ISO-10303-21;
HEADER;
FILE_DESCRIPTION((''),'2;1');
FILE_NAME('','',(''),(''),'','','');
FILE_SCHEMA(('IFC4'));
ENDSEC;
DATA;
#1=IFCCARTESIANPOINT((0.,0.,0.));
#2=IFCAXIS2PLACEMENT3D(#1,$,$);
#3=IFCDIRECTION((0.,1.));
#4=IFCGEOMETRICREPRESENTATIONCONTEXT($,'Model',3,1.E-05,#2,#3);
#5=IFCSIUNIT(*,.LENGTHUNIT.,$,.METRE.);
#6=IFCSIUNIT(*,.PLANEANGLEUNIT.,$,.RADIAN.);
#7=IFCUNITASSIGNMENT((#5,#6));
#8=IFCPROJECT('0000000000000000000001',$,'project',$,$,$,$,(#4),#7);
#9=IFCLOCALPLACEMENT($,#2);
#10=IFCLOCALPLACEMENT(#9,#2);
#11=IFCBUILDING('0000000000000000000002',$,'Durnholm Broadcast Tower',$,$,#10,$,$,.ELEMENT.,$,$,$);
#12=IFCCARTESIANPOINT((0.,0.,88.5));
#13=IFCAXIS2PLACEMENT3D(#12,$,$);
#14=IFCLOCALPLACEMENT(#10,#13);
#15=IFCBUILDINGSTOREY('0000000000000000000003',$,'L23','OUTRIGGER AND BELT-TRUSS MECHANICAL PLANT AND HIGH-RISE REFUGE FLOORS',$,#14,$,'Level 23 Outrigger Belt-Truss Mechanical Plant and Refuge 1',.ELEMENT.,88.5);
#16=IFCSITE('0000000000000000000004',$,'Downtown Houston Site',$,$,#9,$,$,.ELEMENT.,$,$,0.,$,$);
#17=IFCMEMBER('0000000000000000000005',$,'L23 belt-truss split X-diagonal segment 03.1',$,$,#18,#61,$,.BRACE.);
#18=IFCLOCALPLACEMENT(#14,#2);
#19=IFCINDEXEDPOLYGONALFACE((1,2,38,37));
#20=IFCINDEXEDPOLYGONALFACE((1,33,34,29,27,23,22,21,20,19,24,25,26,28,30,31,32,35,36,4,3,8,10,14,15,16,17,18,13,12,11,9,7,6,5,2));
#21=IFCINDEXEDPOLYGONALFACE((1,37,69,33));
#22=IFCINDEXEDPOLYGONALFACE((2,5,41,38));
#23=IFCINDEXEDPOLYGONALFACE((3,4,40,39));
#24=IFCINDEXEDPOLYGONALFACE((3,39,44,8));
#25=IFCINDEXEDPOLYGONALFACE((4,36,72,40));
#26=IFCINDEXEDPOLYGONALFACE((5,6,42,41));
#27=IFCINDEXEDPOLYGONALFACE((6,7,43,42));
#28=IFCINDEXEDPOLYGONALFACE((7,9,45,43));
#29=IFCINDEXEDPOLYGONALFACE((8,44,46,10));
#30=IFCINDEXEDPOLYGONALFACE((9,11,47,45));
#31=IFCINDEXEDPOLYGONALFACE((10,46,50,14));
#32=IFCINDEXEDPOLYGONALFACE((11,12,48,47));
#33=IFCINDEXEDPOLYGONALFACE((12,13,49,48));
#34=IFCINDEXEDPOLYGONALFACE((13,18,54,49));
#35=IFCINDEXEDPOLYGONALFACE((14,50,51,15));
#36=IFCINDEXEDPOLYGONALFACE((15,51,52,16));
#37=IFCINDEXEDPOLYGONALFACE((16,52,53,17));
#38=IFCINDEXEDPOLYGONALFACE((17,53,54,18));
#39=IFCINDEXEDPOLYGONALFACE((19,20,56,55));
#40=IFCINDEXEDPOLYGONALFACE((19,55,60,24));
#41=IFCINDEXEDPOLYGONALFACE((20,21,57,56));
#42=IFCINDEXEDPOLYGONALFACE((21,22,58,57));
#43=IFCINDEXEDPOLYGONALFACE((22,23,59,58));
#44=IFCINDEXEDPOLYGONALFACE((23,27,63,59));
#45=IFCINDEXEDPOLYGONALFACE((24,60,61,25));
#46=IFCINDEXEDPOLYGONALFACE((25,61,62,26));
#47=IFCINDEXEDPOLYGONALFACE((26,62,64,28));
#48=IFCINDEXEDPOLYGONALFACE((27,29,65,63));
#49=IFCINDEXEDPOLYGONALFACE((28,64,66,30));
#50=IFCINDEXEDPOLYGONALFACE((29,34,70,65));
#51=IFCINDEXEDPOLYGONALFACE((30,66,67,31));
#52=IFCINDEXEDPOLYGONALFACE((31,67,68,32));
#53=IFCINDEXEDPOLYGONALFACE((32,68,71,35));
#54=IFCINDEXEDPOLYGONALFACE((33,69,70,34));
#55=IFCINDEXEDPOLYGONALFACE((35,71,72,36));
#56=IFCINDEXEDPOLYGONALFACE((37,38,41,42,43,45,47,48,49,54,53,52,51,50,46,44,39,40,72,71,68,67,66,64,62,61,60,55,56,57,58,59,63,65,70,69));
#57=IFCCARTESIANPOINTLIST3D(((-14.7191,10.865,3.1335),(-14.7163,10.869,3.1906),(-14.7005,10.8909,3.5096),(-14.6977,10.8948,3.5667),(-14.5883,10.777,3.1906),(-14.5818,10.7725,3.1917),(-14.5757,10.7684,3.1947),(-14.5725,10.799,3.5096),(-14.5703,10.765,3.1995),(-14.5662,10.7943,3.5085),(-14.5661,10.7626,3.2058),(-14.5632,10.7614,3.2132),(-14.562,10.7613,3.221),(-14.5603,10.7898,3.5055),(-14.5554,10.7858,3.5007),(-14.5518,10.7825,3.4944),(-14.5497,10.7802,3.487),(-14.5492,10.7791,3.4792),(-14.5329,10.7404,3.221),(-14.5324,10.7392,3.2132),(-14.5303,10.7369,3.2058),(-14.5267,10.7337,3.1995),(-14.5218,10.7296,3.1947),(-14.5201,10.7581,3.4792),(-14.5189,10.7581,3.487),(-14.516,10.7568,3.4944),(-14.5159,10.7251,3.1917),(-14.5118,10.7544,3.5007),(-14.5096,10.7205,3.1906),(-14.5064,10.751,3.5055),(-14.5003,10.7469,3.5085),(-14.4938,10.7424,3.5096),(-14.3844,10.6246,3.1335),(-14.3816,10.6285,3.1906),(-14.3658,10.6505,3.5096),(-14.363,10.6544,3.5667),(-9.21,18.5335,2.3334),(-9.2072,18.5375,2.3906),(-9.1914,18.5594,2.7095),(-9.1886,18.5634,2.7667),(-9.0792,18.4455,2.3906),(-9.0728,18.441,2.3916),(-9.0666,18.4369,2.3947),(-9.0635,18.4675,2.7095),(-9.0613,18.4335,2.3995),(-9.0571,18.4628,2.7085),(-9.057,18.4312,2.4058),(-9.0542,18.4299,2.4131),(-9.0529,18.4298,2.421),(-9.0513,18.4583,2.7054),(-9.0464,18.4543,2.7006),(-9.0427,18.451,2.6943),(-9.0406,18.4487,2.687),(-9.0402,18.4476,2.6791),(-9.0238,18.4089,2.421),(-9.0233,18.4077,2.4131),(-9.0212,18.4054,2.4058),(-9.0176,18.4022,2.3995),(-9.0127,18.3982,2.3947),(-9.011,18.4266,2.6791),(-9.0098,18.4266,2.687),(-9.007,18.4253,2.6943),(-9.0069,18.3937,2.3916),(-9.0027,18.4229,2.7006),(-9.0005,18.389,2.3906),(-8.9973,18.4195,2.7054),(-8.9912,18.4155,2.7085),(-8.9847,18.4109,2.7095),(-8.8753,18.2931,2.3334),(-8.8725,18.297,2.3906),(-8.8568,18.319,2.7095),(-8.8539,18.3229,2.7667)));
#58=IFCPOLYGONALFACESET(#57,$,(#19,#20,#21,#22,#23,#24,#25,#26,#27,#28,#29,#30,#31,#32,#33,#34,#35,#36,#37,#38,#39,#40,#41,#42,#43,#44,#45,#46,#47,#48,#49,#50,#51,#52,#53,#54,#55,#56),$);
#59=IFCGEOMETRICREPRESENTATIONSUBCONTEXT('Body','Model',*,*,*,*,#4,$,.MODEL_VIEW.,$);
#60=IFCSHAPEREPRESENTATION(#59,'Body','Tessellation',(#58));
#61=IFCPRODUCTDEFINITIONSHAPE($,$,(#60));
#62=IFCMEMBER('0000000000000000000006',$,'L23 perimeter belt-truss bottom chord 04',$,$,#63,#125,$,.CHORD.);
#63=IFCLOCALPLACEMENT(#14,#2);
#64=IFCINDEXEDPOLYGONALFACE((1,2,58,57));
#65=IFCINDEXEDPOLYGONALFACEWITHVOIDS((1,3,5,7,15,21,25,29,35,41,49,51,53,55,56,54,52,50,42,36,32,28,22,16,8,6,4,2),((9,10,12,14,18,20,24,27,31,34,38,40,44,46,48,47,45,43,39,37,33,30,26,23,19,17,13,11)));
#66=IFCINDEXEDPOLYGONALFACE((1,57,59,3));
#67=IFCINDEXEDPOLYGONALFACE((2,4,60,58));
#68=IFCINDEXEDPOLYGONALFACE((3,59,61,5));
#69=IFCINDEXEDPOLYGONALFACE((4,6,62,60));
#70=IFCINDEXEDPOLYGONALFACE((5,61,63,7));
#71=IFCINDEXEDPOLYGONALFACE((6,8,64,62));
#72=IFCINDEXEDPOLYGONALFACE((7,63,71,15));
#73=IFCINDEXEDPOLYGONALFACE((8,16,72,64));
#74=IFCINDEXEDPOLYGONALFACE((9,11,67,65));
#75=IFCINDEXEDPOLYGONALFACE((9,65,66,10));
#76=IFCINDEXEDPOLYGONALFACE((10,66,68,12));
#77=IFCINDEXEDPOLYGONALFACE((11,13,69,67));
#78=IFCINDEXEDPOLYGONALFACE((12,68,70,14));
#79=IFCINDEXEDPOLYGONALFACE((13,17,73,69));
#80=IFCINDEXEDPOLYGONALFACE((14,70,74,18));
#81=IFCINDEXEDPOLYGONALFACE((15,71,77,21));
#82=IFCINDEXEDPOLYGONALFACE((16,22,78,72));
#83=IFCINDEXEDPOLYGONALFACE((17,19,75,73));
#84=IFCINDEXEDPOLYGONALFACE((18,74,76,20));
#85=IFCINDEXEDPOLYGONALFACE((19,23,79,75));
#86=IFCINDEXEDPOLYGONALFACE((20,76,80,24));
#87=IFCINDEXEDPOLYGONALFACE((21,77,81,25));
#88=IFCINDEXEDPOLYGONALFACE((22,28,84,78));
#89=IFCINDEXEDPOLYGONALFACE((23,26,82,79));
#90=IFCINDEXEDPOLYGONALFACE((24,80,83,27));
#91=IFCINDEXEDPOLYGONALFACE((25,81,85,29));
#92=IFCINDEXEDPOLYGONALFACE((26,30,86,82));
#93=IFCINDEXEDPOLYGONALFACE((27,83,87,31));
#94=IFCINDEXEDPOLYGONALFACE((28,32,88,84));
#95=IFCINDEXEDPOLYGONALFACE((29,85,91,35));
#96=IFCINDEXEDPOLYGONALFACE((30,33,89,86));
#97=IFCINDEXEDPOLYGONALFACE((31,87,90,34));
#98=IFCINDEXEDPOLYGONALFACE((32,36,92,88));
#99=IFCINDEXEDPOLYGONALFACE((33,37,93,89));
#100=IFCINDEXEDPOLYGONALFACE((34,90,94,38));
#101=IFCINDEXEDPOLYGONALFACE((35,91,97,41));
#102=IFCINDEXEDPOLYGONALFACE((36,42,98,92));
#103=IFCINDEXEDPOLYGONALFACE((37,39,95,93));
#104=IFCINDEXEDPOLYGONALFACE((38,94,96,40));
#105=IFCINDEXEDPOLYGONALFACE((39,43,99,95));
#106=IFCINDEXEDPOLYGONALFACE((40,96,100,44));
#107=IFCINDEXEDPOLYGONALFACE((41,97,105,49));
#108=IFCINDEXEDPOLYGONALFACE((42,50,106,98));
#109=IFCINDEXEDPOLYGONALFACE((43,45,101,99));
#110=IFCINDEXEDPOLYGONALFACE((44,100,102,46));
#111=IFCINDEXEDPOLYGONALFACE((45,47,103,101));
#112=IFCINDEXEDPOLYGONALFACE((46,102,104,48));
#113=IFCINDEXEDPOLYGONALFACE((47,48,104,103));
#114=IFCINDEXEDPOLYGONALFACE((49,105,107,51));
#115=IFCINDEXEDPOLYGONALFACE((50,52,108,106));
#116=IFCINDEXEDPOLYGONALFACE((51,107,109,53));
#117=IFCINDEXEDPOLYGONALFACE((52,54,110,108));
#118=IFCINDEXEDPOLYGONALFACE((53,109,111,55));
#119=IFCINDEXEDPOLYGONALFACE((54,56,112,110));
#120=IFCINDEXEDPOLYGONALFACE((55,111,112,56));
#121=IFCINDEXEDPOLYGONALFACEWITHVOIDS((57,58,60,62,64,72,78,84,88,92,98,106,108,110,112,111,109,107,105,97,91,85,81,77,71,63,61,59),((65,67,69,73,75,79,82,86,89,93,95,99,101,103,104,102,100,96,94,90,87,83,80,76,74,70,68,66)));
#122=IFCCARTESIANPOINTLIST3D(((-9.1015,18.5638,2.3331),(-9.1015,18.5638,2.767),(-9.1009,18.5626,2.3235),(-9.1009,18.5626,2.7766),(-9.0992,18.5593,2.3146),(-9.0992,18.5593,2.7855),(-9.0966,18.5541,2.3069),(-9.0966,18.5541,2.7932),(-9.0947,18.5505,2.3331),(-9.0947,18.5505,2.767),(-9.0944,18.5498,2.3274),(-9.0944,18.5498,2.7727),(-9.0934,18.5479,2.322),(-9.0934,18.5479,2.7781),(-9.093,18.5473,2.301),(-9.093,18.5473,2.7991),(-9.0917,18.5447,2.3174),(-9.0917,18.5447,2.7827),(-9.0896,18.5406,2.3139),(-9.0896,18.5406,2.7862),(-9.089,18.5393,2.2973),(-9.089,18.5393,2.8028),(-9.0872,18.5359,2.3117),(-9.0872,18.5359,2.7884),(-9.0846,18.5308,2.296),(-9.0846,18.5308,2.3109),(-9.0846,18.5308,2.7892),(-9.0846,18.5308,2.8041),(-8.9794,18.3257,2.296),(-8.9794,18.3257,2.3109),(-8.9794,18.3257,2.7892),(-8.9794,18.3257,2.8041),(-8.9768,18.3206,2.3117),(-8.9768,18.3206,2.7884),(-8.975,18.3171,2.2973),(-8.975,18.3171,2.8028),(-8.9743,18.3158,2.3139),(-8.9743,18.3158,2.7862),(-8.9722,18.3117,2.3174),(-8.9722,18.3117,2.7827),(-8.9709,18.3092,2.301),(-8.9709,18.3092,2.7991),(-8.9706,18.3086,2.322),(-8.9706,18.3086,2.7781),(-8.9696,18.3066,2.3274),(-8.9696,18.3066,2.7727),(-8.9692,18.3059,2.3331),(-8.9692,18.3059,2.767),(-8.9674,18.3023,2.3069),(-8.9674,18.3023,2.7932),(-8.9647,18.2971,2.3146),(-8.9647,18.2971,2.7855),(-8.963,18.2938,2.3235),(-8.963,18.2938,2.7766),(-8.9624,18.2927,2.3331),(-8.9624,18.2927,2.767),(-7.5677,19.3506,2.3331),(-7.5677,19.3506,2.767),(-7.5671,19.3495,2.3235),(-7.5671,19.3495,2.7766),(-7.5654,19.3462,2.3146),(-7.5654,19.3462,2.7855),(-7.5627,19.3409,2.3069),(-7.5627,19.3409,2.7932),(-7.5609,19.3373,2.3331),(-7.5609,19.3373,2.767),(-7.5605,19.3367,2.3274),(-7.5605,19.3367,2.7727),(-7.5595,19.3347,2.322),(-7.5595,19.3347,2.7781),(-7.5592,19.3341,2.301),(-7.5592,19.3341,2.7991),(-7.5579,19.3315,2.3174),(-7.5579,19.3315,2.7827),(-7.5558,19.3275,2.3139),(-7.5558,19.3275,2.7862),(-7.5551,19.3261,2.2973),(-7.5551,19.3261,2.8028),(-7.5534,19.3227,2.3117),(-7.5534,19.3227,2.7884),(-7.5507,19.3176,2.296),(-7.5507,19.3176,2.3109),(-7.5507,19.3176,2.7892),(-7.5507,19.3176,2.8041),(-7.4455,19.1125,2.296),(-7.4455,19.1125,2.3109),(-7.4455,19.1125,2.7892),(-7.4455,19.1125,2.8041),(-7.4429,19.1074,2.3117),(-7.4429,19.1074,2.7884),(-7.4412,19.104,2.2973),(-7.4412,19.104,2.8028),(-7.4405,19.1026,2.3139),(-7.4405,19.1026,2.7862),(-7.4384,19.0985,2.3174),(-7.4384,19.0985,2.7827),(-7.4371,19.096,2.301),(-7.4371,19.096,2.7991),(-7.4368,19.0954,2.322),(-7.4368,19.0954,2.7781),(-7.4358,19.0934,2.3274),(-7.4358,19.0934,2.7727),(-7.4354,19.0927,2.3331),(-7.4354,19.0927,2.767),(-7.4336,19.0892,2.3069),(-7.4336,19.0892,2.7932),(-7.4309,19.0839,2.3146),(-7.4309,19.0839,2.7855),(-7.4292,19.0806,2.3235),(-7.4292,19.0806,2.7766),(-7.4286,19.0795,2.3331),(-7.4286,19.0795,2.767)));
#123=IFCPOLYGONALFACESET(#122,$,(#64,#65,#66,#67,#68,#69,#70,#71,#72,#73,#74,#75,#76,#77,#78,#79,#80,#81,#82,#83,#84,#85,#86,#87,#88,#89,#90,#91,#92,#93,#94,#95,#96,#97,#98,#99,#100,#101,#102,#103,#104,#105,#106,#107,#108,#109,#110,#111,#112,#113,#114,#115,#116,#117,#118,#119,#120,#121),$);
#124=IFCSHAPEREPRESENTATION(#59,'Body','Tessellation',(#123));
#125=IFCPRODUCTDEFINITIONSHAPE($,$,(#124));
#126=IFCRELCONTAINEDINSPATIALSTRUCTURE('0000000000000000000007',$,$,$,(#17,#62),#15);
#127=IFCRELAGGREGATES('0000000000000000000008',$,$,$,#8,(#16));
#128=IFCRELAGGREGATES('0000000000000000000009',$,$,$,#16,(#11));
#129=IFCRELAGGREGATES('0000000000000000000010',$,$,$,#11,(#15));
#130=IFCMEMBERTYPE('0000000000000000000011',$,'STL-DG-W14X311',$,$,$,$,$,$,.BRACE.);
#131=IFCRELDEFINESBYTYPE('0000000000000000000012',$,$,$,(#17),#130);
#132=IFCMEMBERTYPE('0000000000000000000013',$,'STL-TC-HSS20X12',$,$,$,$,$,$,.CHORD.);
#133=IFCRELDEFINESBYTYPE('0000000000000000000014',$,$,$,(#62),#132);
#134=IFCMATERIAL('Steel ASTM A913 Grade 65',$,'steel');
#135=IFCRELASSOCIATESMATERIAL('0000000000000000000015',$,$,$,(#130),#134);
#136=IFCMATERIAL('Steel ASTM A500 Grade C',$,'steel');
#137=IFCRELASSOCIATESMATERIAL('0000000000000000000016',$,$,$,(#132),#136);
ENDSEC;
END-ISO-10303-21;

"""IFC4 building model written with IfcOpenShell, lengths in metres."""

from ifc_helpers import new_model, si_unit, direction, frame, origin, origin_2d, place, context, subcontext, project, spatial, hollow_rectangle, i_section, extrude, source, transform, mapped, material, material_profile, profile_set, type_object, type_shapes, element, save


model = new_model("IFC4")

# Units and contexts
model_context = context("Model", 3, precision=1e-05, world=origin(), true_north=direction((0.0, 1.0)))
body_context = subcontext(model_context, "Body", "Model", "MODEL_VIEW")
ifc_project = project(units=[si_unit("LENGTHUNIT", "METRE"), si_unit("PLANEANGLEUNIT", "RADIAN")], contexts=[model_context])

# Site, building, storey
site_placement = place(None, origin())
site = spatial("IfcSite", under=ifc_project, at=site_placement, Name="Downtown Houston Site", CompositionType="ELEMENT", RefElevation=0.0)
building_placement = place(site_placement, origin())
building = spatial("IfcBuilding", under=site, at=building_placement, Name="Durnholm Broadcast Tower", CompositionType="ELEMENT")
storey_placement = place(building_placement, frame((0.0, 0.0, 88.5)))
storey = spatial("IfcBuildingStorey", under=building, at=storey_placement, Name="L23", Description="OUTRIGGER AND BELT-TRUSS MECHANICAL PLANT AND HIGH-RISE REFUGE FLOORS", LongName="Level 23 Outrigger Belt-Truss Mechanical Plant and Refuge 1", CompositionType="ELEMENT", Elevation=88.5)

# Members
ifc_material_1 = material(Name="Steel ASTM A913 Grade 65", Category="steel")
ifc_material_profile_1 = material_profile(ifc_material_1, i_section(OverallWidth=0.4121, OverallDepth=0.4348, WebThickness=0.0359, FlangeThickness=0.0574, FilletRadius=0.0305, at=origin_2d()), Name="W14X311")
ifc_profile_set_1 = profile_set([ifc_material_profile_1], Name="Steel ASTM A913 Grade 65")
member_type_1 = type_object("IfcMemberType", Name="STL-DG-W14X311", PredefinedType="BRACE", material=ifc_profile_set_1)
shared_shape_1 = source(origin(), body_context, "Body", "SweptSolid", [
    extrude(i_section(OverallWidth=0.4121, OverallDepth=0.4348, WebThickness=0.0359, FlangeThickness=0.0574, FilletRadius=0.0305, at=origin_2d()), origin(), (0.0, 0.0, 1.0), 9.4761),
])
type_shapes(member_type_1, [shared_shape_1])
member_1_placement = place(storey_placement, frame((-9.032, 18.4282, 2.55), z_axis=(-0.581366, -0.80925, 0.084429), x_axis=(0.812149, -0.58345, 0.0)))
element("IfcMember", 1, at=member_1_placement, inside=storey, type_object=member_type_1, Name="L23 belt-truss split X-diagonal segment 03.1", PredefinedType="BRACE", context=body_context, shape_type="MappedRepresentation", body=[
    mapped(shared_shape_1, transform((0.0, 0.0, 0.0), x_axis=(1.0, 0.0, 0.0), y_axis=(0.0, 1.0, 0.0), z_axis=(0.0, 0.0, 1.0), scale=1.0)),
])
ifc_material_2 = material(Name="Steel ASTM A500 Grade C", Category="steel")
ifc_material_profile_2 = material_profile(ifc_material_2, hollow_rectangle(XDim=0.3047, YDim=0.5081, WallThickness=0.0149, InnerFilletRadius=0.0222, OuterFilletRadius=0.0371, at=origin_2d()), Name="HSS20X12X5/8")
ifc_profile_set_2 = profile_set([ifc_material_profile_2], Name="Steel ASTM A500 Grade C")
member_type_2 = type_object("IfcMemberType", Name="STL-TC-HSS20X12", PredefinedType="CHORD", material=ifc_profile_set_2)
shared_shape_2 = source(origin(), body_context, "Body", "SweptSolid", [
    extrude(hollow_rectangle(XDim=0.3047, YDim=0.5081, WallThickness=0.0149, InnerFilletRadius=0.0222, OuterFilletRadius=0.0371, at=origin_2d()), origin(), (0.0, 0.0, 1.0), 1.7239),
])
type_shapes(member_type_2, [shared_shape_2])
member_2_placement = place(storey_placement, frame((-9.032, 18.4282, 2.55), z_axis=(0.889763, 0.456423, 0.0), x_axis=(-0.456423, 0.889763, 0.0)))
element("IfcMember", 2, at=member_2_placement, inside=storey, type_object=member_type_2, Name="L23 perimeter belt-truss bottom chord 04", PredefinedType="CHORD", context=body_context, shape_type="MappedRepresentation", body=[
    mapped(shared_shape_2, transform((0.0, 0.0, 0.0), x_axis=(1.0, 0.0, 0.0), y_axis=(0.0, 1.0, 0.0), z_axis=(0.0, 0.0, 1.0), scale=1.0)),
])

save(model, "model.ifc")
